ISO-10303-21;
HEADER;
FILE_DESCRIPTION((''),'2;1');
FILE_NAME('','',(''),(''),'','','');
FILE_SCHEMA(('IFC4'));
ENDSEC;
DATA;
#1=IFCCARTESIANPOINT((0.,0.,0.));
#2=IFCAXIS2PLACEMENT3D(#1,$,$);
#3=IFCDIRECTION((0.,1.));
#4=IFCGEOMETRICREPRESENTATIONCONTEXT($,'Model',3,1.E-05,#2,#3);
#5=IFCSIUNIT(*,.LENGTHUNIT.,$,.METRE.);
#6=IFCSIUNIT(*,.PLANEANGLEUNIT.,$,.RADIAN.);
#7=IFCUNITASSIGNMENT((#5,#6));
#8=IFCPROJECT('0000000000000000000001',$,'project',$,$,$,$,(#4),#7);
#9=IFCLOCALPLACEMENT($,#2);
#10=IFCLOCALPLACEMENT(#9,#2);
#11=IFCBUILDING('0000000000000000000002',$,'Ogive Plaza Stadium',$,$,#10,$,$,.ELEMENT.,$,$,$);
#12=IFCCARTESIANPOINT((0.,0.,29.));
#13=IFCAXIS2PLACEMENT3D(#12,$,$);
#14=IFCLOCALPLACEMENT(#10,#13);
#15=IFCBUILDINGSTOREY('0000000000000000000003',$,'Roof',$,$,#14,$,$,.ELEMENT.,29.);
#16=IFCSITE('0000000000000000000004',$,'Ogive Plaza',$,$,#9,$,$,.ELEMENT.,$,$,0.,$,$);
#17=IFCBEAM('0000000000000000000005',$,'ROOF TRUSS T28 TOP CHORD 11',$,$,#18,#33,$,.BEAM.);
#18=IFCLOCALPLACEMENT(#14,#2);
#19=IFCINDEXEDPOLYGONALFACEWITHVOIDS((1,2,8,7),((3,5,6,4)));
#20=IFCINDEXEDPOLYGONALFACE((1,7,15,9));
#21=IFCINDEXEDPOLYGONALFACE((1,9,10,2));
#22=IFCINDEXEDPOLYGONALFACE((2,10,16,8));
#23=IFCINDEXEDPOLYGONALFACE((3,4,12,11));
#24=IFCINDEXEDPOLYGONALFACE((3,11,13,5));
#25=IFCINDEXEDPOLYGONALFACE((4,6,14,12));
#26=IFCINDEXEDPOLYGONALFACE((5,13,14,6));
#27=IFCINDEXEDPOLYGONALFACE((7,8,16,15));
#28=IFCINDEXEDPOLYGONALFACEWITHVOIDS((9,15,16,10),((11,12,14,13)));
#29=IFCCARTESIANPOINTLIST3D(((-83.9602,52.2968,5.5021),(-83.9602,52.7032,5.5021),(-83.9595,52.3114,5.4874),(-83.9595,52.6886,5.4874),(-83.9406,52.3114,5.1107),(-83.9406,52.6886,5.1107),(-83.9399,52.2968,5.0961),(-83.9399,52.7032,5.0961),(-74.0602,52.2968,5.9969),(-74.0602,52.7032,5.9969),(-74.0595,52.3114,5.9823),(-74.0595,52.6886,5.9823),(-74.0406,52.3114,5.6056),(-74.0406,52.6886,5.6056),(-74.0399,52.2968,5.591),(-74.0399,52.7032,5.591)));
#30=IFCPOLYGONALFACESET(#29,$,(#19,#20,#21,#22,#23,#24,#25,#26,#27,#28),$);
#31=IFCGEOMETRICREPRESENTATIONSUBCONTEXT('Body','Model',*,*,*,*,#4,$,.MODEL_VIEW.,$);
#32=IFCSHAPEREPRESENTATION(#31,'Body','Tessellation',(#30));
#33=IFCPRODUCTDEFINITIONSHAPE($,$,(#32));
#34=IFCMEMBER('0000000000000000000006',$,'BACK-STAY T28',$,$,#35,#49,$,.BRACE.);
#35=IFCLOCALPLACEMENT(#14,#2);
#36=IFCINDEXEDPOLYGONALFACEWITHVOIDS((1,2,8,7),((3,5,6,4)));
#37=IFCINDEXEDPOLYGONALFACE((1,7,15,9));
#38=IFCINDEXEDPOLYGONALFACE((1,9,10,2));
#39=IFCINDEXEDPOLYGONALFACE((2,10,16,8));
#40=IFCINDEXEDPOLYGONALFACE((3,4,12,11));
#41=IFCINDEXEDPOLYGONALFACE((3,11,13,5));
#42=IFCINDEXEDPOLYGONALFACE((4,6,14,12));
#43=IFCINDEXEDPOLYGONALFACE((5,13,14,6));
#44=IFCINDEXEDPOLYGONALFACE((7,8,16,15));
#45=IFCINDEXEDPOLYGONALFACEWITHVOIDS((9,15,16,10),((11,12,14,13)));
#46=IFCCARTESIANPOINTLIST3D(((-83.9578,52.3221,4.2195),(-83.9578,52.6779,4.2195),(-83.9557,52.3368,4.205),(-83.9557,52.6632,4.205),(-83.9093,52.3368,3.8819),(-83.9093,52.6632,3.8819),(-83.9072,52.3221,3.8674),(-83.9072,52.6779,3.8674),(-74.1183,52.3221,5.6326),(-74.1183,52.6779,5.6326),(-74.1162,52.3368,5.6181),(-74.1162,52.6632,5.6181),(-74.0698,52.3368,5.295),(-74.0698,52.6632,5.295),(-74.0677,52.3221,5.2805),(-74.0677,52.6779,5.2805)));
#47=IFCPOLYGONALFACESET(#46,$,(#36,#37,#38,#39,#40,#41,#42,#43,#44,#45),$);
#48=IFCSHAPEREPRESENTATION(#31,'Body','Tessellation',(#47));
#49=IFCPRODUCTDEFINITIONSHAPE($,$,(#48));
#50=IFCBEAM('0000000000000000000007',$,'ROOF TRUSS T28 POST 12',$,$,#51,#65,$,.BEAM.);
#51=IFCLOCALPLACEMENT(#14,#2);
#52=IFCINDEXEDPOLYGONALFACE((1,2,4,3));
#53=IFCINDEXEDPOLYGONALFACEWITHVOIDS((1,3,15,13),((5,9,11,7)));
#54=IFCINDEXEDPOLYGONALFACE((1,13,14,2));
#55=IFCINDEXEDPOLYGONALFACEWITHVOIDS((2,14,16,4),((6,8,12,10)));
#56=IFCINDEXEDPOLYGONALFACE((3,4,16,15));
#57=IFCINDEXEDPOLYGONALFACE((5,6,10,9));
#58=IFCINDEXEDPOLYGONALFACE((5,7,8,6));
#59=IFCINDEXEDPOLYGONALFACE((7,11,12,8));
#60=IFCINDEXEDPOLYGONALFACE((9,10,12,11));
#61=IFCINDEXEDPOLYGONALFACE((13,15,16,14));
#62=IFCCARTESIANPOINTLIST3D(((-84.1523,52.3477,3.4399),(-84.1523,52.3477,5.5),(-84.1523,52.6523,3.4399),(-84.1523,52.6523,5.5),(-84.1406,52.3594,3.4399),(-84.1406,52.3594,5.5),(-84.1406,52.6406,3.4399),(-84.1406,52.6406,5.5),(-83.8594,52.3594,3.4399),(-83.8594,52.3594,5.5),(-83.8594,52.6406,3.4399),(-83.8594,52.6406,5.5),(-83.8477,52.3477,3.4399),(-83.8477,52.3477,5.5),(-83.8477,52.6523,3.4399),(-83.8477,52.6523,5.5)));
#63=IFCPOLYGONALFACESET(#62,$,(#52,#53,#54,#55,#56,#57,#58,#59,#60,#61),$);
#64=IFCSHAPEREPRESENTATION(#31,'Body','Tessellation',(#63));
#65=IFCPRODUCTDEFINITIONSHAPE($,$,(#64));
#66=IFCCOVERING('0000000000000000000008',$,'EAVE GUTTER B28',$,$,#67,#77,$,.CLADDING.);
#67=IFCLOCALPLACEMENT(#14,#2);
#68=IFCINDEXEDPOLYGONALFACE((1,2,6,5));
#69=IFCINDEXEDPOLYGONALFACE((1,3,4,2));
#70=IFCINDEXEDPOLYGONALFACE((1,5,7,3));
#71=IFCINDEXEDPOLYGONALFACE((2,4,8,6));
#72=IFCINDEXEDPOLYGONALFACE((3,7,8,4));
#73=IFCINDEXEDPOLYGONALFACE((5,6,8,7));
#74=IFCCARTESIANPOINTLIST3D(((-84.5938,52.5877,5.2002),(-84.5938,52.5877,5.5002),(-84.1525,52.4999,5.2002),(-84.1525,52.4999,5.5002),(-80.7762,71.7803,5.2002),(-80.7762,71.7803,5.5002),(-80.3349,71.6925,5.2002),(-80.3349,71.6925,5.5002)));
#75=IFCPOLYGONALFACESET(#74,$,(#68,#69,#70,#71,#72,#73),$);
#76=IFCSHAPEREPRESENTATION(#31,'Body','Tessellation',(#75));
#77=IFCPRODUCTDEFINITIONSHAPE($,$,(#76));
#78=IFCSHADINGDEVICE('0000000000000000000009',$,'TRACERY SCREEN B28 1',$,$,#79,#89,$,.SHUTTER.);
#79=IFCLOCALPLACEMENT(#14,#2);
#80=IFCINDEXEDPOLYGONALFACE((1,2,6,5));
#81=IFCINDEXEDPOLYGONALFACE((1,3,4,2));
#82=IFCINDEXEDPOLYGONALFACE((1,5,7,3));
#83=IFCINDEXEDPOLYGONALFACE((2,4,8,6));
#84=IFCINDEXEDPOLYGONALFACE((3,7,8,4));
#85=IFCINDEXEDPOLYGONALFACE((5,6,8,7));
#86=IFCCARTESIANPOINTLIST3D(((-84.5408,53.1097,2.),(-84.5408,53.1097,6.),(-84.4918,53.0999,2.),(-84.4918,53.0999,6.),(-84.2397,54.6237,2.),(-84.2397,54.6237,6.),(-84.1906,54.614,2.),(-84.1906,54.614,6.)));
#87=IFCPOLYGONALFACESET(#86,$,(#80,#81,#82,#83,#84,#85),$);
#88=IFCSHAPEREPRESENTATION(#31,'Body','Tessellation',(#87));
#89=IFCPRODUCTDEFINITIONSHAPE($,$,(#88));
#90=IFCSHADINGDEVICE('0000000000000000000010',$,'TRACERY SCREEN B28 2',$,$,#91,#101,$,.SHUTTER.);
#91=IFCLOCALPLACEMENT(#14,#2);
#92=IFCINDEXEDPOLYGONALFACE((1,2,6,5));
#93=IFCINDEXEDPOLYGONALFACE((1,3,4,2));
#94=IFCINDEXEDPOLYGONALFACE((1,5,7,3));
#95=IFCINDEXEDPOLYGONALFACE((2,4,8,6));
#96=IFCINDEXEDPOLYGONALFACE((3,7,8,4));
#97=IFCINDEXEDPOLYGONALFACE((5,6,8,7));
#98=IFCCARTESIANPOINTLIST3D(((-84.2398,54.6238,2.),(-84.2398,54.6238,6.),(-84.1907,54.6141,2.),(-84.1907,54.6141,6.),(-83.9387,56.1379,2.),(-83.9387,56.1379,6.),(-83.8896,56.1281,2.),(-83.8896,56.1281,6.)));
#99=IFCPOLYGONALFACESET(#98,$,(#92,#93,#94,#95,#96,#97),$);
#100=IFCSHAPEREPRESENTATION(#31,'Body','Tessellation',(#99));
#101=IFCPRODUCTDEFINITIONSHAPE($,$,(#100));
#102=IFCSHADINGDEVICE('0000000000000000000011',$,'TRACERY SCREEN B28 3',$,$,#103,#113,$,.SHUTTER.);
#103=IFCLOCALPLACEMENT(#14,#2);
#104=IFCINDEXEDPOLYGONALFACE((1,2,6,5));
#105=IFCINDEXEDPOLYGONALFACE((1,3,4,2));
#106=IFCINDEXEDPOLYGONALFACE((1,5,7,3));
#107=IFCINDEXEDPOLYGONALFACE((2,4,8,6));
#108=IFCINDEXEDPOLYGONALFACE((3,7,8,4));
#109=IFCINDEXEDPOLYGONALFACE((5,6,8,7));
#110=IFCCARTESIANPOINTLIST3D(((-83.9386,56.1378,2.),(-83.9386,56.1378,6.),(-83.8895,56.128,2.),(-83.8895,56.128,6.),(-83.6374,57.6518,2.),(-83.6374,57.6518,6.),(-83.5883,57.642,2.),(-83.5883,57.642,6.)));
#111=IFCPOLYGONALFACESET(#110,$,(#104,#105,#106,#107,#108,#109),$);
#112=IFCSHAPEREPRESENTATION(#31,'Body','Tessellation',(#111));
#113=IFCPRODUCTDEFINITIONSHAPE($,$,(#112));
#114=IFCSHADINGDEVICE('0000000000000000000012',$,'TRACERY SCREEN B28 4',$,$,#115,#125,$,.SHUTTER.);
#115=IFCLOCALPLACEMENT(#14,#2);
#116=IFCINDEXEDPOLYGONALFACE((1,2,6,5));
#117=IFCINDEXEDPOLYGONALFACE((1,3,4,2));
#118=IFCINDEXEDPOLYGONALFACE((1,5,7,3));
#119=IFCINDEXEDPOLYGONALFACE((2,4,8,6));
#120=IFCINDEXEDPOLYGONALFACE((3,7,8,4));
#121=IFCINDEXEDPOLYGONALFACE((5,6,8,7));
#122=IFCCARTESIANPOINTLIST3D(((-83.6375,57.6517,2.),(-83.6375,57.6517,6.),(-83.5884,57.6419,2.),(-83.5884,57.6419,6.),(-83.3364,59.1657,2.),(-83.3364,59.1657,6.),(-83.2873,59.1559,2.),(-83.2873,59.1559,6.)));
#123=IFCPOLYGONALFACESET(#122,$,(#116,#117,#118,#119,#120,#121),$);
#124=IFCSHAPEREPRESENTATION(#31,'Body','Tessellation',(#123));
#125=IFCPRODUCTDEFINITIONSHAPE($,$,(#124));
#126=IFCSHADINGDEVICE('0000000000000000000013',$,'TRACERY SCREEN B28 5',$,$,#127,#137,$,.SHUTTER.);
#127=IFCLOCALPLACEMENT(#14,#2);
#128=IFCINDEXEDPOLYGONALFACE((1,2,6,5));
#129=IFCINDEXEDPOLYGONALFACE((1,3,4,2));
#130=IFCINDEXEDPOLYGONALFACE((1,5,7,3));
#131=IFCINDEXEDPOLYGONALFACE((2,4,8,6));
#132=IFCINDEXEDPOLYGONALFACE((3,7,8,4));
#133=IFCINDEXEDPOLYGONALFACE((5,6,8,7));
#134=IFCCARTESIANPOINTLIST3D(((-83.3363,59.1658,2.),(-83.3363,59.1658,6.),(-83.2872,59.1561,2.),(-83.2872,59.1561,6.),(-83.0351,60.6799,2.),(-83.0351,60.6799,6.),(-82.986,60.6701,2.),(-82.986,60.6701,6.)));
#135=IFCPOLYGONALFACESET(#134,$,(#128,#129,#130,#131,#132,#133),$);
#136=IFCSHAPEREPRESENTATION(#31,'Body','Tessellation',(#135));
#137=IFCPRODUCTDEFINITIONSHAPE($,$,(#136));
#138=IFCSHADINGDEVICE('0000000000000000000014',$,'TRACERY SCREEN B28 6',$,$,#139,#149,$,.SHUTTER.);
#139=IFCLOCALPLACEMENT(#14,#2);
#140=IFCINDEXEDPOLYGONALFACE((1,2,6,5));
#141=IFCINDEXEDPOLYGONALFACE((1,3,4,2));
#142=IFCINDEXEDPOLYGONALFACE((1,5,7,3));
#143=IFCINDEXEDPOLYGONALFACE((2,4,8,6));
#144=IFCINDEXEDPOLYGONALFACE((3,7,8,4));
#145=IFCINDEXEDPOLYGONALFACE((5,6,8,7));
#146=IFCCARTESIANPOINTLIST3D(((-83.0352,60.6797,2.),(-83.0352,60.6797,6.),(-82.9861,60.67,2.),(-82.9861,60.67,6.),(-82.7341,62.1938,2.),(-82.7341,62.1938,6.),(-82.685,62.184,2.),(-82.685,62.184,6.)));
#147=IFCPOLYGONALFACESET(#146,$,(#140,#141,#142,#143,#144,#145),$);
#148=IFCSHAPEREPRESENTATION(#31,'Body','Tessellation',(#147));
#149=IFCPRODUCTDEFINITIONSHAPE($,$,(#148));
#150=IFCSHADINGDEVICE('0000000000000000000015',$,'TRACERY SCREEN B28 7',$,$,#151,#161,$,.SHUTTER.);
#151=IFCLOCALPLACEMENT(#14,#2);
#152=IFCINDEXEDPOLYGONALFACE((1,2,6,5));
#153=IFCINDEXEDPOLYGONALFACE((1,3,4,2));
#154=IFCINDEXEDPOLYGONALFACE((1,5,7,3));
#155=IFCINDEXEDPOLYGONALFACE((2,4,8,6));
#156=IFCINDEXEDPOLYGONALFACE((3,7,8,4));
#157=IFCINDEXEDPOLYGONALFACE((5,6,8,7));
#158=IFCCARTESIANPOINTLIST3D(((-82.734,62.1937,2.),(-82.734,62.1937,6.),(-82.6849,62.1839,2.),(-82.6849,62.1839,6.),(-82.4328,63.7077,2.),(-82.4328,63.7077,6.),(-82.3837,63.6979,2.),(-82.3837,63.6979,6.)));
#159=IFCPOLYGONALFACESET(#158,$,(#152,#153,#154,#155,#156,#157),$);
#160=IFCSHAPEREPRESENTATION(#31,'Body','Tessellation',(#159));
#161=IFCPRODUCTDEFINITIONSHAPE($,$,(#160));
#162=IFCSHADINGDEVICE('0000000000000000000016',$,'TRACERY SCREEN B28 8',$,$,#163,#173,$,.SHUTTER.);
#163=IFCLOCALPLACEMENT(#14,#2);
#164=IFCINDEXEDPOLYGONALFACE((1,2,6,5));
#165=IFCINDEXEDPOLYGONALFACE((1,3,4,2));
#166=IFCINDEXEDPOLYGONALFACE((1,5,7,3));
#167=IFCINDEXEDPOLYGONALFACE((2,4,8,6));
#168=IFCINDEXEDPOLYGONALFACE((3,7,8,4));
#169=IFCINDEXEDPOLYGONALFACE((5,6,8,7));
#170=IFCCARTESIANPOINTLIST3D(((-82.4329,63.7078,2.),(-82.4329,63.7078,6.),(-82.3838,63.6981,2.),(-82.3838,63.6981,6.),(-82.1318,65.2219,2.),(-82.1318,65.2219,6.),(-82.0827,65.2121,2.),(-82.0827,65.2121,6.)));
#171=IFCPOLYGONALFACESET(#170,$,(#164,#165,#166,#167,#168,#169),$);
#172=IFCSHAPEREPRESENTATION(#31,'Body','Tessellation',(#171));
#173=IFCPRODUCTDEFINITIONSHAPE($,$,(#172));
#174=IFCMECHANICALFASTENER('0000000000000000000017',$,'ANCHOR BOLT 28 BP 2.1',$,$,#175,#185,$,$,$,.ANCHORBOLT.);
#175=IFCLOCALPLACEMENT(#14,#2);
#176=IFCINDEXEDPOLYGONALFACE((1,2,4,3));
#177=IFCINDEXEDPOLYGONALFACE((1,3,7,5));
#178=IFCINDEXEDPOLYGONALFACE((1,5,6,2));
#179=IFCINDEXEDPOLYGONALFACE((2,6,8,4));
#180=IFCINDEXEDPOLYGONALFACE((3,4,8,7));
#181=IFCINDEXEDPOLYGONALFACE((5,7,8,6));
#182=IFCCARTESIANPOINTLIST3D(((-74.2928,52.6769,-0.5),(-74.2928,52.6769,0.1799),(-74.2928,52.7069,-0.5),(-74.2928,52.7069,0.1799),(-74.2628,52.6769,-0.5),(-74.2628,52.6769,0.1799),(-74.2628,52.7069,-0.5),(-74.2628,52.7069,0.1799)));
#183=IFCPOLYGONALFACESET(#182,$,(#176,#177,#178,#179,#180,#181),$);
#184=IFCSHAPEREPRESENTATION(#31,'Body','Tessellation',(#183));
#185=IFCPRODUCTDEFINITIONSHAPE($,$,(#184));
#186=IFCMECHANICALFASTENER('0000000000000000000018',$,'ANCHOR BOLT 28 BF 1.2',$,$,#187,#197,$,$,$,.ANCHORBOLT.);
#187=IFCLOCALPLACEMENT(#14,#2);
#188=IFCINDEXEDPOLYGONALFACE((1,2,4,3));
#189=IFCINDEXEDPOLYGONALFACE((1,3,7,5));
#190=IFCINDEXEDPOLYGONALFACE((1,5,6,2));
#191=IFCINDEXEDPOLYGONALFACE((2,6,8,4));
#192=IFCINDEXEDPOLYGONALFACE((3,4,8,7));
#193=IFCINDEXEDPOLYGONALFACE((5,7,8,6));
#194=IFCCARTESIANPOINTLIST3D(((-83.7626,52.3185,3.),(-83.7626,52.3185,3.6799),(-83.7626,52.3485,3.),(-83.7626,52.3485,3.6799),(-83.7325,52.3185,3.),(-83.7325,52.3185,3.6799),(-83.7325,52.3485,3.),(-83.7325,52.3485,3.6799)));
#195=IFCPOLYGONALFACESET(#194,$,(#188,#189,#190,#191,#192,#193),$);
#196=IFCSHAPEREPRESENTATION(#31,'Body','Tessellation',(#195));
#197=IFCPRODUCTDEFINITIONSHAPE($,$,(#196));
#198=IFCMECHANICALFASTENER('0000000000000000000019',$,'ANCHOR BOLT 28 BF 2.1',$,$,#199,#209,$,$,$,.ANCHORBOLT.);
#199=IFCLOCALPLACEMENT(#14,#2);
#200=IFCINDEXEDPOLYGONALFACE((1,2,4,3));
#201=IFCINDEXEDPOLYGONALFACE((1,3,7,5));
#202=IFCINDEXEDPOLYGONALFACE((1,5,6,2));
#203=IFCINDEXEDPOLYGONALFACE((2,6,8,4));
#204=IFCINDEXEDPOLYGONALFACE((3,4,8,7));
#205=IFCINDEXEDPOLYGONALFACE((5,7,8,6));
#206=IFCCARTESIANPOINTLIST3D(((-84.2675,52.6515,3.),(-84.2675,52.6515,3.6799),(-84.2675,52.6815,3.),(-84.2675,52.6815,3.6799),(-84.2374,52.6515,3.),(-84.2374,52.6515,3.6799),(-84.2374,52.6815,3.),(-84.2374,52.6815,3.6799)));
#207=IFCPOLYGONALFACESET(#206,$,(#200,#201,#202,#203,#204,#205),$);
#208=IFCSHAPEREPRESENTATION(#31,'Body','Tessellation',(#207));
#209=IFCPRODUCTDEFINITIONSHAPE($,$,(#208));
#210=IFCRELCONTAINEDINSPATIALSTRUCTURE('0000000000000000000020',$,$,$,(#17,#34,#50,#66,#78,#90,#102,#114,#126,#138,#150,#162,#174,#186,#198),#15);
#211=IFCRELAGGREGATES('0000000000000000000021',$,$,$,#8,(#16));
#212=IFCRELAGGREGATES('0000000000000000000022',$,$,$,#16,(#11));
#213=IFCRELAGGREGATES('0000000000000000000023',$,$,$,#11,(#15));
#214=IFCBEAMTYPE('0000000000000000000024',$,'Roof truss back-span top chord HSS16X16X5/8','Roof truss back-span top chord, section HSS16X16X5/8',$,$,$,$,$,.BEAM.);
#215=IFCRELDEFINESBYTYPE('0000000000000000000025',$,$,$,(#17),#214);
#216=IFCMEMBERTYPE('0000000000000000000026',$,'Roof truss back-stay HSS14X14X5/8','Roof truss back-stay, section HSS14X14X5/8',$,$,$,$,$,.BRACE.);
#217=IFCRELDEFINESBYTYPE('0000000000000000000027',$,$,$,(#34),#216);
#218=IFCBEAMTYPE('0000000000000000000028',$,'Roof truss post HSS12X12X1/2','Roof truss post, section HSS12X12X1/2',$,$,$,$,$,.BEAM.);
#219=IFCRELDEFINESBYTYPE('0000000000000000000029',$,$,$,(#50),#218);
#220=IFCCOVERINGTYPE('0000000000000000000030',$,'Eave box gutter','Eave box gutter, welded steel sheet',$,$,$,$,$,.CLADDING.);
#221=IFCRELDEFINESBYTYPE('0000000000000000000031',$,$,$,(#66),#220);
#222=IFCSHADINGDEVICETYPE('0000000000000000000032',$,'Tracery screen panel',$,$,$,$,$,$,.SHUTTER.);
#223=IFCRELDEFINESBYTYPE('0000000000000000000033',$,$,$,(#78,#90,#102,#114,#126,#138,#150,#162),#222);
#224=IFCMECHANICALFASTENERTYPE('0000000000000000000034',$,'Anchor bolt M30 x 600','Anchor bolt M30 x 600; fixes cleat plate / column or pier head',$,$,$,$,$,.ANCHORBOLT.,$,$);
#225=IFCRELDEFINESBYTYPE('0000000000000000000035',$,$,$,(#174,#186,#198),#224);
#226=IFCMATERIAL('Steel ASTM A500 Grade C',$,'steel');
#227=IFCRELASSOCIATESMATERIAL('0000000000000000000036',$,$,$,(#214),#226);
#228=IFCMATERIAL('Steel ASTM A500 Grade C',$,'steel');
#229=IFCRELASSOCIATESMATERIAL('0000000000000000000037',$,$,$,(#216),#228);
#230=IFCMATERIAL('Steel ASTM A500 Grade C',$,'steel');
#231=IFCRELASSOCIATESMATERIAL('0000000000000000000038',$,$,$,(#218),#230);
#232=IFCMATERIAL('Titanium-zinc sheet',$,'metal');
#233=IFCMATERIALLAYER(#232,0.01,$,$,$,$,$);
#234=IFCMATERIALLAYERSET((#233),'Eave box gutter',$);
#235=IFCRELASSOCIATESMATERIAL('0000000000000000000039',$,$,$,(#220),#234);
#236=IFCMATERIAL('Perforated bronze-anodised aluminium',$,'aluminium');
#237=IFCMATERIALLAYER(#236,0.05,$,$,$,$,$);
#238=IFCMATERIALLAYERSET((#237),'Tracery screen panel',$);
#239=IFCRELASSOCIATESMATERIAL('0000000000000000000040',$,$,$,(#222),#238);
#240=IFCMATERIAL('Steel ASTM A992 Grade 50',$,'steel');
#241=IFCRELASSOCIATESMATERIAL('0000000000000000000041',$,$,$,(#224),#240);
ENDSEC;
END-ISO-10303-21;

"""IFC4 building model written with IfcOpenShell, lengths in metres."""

from ifc_helpers import new_model, si_unit, direction, frame, origin, origin_2d, place, context, subcontext, project, spatial, rectangle, hollow_rectangle, extrude, material, layer, layer_set, material_profile, profile_set, type_object, element, save


model = new_model("IFC4")

# Units and contexts
model_context = context("Model", 3, precision=1e-05, world=origin(), true_north=direction((0.0, 1.0)))
body_context = subcontext(model_context, "Body", "Model", "MODEL_VIEW")
ifc_project = project(units=[si_unit("LENGTHUNIT", "METRE"), si_unit("PLANEANGLEUNIT", "RADIAN")], contexts=[model_context])

# Site, building, storey
site_placement = place(None, origin())
site = spatial("IfcSite", under=ifc_project, at=site_placement, Name="Ogive Plaza", CompositionType="ELEMENT", RefElevation=0.0)
building_placement = place(site_placement, origin())
building = spatial("IfcBuilding", under=site, at=building_placement, Name="Ogive Plaza Stadium", CompositionType="ELEMENT")
storey_placement = place(building_placement, frame((0.0, 0.0, 29.0)))
storey = spatial("IfcBuildingStorey", under=building, at=storey_placement, Name="Roof", CompositionType="ELEMENT", Elevation=29.0)

# Beam
ifc_material_1 = material(Name="Steel ASTM A500 Grade C", Category="steel")
ifc_material_profile_1 = material_profile(ifc_material_1, hollow_rectangle(XDim=0.4065, YDim=0.4065, WallThickness=0.0146, at=origin_2d()), Name="HSS16X16X5/8")
ifc_profile_set_1 = profile_set([ifc_material_profile_1], Name="Steel ASTM A500 Grade C")
beam_type_1 = type_object("IfcBeamType", Name="Roof truss back-span top chord HSS16X16X5/8", Description="Roof truss back-span top chord, section HSS16X16X5/8", PredefinedType="BEAM", material=ifc_profile_set_1)
beam_1_placement = place(storey_placement, frame((-74.05, 52.5, 5.7939), z_axis=(-0.998753, 0.0, -0.049925), x_axis=(0.0, -1.0, 0.0)))
element("IfcBeam", 1, at=beam_1_placement, inside=storey, type_object=beam_type_1, Name="ROOF TRUSS T28 TOP CHORD 11", PredefinedType="BEAM", context=body_context, shape_type="SweptSolid", body=[
    extrude(hollow_rectangle(XDim=0.4065, YDim=0.4065, WallThickness=0.0146, at=origin_2d()), origin(), (0.0, 0.0, 1.0), 9.9124),
])

# Member
ifc_material_2 = material(Name="Steel ASTM A500 Grade C", Category="steel")
ifc_material_profile_2 = material_profile(ifc_material_2, hollow_rectangle(XDim=0.3557, YDim=0.3557, WallThickness=0.0146, at=origin_2d()), Name="HSS14X14X5/8")
ifc_profile_set_2 = profile_set([ifc_material_profile_2], Name="Steel ASTM A500 Grade C")
member_type_1 = type_object("IfcMemberType", Name="Roof truss back-stay HSS14X14X5/8", Description="Roof truss back-stay, section HSS14X14X5/8", PredefinedType="BRACE", material=ifc_profile_set_2)
member_1_placement = place(storey_placement, frame((-74.093, 52.5, 5.4565), z_axis=(-0.989844, 0.0, -0.142157), x_axis=(0.0, -1.0, 0.0)))
element("IfcMember", 2, at=member_1_placement, inside=storey, type_object=member_type_1, Name="BACK-STAY T28", PredefinedType="BRACE", context=body_context, shape_type="SweptSolid", body=[
    extrude(hollow_rectangle(XDim=0.3557, YDim=0.3557, WallThickness=0.0146, at=origin_2d()), origin(), (0.0, 0.0, 1.0), 9.9404),
])

# Beam
ifc_material_3 = material(Name="Steel ASTM A500 Grade C", Category="steel")
ifc_material_profile_3 = material_profile(ifc_material_3, hollow_rectangle(XDim=0.3047, YDim=0.3047, WallThickness=0.0117, at=origin_2d()), Name="HSS12X12X1/2")
ifc_profile_set_3 = profile_set([ifc_material_profile_3], Name="Steel ASTM A500 Grade C")
beam_type_2 = type_object("IfcBeamType", Name="Roof truss post HSS12X12X1/2", Description="Roof truss post, section HSS12X12X1/2", PredefinedType="BEAM", material=ifc_profile_set_3)
beam_2_placement = place(storey_placement, frame((-84.0, 52.5, 3.4399), z_axis=(0.0, 0.0, 1.0), x_axis=(0.0, -1.0, 0.0)))
element("IfcBeam", 3, at=beam_2_placement, inside=storey, type_object=beam_type_2, Name="ROOF TRUSS T28 POST 12", PredefinedType="BEAM", context=body_context, shape_type="SweptSolid", body=[
    extrude(hollow_rectangle(XDim=0.3047, YDim=0.3047, WallThickness=0.0117, at=origin_2d()), origin(), (0.0, 0.0, 1.0), 2.0601),
])

# Covering
ifc_material_4 = material(Name="Titanium-zinc sheet", Category="metal")
ifc_layer_1 = layer(ifc_material_4, 0.01)
ifc_layer_set_1 = layer_set([ifc_layer_1], Name="Eave box gutter")
covering_type = type_object("IfcCoveringType", Name="Eave box gutter", Description="Eave box gutter, welded steel sheet", PredefinedType="CLADDING", material=ifc_layer_set_1)
covering_placement = place(storey_placement, frame((-82.4644, 62.1401, 5.2002), z_axis=(0.0, 0.0, 1.0), x_axis=(0.19509, 0.980785, 0.0)))
element("IfcCovering", 4, at=covering_placement, inside=storey, type_object=covering_type, Name="EAVE GUTTER B28", PredefinedType="CLADDING", context=body_context, shape_type="SweptSolid", body=[
    extrude(rectangle(XDim=19.5686, YDim=0.45, at=origin_2d()), origin(), (0.0, 0.0, 1.0), 0.3),
])

# Shading devices
ifc_material_5 = material(Name="Perforated bronze-anodised aluminium", Category="aluminium")
ifc_layer_2 = layer(ifc_material_5, 0.05)
ifc_layer_set_2 = layer_set([ifc_layer_2], Name="Tracery screen panel")
shading_device_type = type_object("IfcShadingDeviceType", Name="Tracery screen panel", PredefinedType="SHUTTER", material=ifc_layer_set_2)
for number, where, z_axis, x_axis, name in (
    (5, (-84.3657, 53.8618, 2.0), (0.0, 0.0, 1.0), (0.19509, 0.980785, 0.0), "TRACERY SCREEN B28 1"),
    (6, (-84.0647, 55.376, 2.0), (0.0, 0.0, 1.0), (0.19509, 0.980785, 0.0), "TRACERY SCREEN B28 2"),
    (7, (-83.7634, 56.8899, 2.0), (0.0, 0.0, 1.0), (0.19509, 0.980785, 0.0), "TRACERY SCREEN B28 3"),
    (8, (-83.4624, 58.4038, 2.0), (0.0, 0.0, 1.0), (0.19509, 0.980785, 0.0), "TRACERY SCREEN B28 4"),
    (9, (-83.1611, 59.918, 2.0), (0.0, 0.0, 1.0), (0.19509, 0.980785, 0.0), "TRACERY SCREEN B28 5"),
    (10, (-82.8601, 61.4319, 2.0), (0.0, 0.0, 1.0), (0.19509, 0.980785, 0.0), "TRACERY SCREEN B28 6"),
    (11, (-82.5588, 62.9458, 2.0), (0.0, 0.0, 1.0), (0.19509, 0.980785, 0.0), "TRACERY SCREEN B28 7"),
    (12, (-82.2578, 64.46, 2.0), (0.0, 0.0, 1.0), (0.19509, 0.980785, 0.0), "TRACERY SCREEN B28 8"),
):
    element("IfcShadingDevice", number, at=place(storey_placement, frame(where, z_axis=z_axis, x_axis=x_axis)), inside=storey, type_object=shading_device_type, Name=name, PredefinedType="SHUTTER", context=body_context, shape_type="SweptSolid", body=[
        extrude(rectangle(XDim=1.5437, YDim=0.05, at=origin_2d()), origin(), (0.0, 0.0, 1.0), 4.0),
    ])

# Mechanical fasteners
ifc_material_6 = material(Name="Steel ASTM A992 Grade 50", Category="steel")
mechanical_fastener_type_1 = type_object("IfcMechanicalFastenerType", Name="Anchor bolt M30 x 600", Description="Anchor bolt M30 x 600; fixes cleat plate / column or pier head", PredefinedType="ANCHORBOLT", material=ifc_material_6)
for number, where, z_axis, x_axis, name in (
    (13, (-74.2778, 52.6919, -0.5), (0.0, 0.0, 1.0), (-1.0, 0.0, 0.0), "ANCHOR BOLT 28 BP 2.1"),
    (14, (-83.7476, 52.3335, 3.0), (0.0, 0.0, 1.0), (-1.0, 0.0, 0.0), "ANCHOR BOLT 28 BF 1.2"),
    (15, (-84.2524, 52.6665, 3.0), (0.0, 0.0, 1.0), (-1.0, 0.0, 0.0), "ANCHOR BOLT 28 BF 2.1"),
):
    element("IfcMechanicalFastener", number, at=place(storey_placement, frame(where, z_axis=z_axis, x_axis=x_axis)), inside=storey, type_object=mechanical_fastener_type_1, Name=name, PredefinedType="ANCHORBOLT", context=body_context, shape_type="SweptSolid", body=[
        extrude(rectangle(XDim=0.03, YDim=0.03, at=origin_2d()), origin(), (0.0, 0.0, 1.0), 0.6799),
    ])

save(model, "model.ifc")
